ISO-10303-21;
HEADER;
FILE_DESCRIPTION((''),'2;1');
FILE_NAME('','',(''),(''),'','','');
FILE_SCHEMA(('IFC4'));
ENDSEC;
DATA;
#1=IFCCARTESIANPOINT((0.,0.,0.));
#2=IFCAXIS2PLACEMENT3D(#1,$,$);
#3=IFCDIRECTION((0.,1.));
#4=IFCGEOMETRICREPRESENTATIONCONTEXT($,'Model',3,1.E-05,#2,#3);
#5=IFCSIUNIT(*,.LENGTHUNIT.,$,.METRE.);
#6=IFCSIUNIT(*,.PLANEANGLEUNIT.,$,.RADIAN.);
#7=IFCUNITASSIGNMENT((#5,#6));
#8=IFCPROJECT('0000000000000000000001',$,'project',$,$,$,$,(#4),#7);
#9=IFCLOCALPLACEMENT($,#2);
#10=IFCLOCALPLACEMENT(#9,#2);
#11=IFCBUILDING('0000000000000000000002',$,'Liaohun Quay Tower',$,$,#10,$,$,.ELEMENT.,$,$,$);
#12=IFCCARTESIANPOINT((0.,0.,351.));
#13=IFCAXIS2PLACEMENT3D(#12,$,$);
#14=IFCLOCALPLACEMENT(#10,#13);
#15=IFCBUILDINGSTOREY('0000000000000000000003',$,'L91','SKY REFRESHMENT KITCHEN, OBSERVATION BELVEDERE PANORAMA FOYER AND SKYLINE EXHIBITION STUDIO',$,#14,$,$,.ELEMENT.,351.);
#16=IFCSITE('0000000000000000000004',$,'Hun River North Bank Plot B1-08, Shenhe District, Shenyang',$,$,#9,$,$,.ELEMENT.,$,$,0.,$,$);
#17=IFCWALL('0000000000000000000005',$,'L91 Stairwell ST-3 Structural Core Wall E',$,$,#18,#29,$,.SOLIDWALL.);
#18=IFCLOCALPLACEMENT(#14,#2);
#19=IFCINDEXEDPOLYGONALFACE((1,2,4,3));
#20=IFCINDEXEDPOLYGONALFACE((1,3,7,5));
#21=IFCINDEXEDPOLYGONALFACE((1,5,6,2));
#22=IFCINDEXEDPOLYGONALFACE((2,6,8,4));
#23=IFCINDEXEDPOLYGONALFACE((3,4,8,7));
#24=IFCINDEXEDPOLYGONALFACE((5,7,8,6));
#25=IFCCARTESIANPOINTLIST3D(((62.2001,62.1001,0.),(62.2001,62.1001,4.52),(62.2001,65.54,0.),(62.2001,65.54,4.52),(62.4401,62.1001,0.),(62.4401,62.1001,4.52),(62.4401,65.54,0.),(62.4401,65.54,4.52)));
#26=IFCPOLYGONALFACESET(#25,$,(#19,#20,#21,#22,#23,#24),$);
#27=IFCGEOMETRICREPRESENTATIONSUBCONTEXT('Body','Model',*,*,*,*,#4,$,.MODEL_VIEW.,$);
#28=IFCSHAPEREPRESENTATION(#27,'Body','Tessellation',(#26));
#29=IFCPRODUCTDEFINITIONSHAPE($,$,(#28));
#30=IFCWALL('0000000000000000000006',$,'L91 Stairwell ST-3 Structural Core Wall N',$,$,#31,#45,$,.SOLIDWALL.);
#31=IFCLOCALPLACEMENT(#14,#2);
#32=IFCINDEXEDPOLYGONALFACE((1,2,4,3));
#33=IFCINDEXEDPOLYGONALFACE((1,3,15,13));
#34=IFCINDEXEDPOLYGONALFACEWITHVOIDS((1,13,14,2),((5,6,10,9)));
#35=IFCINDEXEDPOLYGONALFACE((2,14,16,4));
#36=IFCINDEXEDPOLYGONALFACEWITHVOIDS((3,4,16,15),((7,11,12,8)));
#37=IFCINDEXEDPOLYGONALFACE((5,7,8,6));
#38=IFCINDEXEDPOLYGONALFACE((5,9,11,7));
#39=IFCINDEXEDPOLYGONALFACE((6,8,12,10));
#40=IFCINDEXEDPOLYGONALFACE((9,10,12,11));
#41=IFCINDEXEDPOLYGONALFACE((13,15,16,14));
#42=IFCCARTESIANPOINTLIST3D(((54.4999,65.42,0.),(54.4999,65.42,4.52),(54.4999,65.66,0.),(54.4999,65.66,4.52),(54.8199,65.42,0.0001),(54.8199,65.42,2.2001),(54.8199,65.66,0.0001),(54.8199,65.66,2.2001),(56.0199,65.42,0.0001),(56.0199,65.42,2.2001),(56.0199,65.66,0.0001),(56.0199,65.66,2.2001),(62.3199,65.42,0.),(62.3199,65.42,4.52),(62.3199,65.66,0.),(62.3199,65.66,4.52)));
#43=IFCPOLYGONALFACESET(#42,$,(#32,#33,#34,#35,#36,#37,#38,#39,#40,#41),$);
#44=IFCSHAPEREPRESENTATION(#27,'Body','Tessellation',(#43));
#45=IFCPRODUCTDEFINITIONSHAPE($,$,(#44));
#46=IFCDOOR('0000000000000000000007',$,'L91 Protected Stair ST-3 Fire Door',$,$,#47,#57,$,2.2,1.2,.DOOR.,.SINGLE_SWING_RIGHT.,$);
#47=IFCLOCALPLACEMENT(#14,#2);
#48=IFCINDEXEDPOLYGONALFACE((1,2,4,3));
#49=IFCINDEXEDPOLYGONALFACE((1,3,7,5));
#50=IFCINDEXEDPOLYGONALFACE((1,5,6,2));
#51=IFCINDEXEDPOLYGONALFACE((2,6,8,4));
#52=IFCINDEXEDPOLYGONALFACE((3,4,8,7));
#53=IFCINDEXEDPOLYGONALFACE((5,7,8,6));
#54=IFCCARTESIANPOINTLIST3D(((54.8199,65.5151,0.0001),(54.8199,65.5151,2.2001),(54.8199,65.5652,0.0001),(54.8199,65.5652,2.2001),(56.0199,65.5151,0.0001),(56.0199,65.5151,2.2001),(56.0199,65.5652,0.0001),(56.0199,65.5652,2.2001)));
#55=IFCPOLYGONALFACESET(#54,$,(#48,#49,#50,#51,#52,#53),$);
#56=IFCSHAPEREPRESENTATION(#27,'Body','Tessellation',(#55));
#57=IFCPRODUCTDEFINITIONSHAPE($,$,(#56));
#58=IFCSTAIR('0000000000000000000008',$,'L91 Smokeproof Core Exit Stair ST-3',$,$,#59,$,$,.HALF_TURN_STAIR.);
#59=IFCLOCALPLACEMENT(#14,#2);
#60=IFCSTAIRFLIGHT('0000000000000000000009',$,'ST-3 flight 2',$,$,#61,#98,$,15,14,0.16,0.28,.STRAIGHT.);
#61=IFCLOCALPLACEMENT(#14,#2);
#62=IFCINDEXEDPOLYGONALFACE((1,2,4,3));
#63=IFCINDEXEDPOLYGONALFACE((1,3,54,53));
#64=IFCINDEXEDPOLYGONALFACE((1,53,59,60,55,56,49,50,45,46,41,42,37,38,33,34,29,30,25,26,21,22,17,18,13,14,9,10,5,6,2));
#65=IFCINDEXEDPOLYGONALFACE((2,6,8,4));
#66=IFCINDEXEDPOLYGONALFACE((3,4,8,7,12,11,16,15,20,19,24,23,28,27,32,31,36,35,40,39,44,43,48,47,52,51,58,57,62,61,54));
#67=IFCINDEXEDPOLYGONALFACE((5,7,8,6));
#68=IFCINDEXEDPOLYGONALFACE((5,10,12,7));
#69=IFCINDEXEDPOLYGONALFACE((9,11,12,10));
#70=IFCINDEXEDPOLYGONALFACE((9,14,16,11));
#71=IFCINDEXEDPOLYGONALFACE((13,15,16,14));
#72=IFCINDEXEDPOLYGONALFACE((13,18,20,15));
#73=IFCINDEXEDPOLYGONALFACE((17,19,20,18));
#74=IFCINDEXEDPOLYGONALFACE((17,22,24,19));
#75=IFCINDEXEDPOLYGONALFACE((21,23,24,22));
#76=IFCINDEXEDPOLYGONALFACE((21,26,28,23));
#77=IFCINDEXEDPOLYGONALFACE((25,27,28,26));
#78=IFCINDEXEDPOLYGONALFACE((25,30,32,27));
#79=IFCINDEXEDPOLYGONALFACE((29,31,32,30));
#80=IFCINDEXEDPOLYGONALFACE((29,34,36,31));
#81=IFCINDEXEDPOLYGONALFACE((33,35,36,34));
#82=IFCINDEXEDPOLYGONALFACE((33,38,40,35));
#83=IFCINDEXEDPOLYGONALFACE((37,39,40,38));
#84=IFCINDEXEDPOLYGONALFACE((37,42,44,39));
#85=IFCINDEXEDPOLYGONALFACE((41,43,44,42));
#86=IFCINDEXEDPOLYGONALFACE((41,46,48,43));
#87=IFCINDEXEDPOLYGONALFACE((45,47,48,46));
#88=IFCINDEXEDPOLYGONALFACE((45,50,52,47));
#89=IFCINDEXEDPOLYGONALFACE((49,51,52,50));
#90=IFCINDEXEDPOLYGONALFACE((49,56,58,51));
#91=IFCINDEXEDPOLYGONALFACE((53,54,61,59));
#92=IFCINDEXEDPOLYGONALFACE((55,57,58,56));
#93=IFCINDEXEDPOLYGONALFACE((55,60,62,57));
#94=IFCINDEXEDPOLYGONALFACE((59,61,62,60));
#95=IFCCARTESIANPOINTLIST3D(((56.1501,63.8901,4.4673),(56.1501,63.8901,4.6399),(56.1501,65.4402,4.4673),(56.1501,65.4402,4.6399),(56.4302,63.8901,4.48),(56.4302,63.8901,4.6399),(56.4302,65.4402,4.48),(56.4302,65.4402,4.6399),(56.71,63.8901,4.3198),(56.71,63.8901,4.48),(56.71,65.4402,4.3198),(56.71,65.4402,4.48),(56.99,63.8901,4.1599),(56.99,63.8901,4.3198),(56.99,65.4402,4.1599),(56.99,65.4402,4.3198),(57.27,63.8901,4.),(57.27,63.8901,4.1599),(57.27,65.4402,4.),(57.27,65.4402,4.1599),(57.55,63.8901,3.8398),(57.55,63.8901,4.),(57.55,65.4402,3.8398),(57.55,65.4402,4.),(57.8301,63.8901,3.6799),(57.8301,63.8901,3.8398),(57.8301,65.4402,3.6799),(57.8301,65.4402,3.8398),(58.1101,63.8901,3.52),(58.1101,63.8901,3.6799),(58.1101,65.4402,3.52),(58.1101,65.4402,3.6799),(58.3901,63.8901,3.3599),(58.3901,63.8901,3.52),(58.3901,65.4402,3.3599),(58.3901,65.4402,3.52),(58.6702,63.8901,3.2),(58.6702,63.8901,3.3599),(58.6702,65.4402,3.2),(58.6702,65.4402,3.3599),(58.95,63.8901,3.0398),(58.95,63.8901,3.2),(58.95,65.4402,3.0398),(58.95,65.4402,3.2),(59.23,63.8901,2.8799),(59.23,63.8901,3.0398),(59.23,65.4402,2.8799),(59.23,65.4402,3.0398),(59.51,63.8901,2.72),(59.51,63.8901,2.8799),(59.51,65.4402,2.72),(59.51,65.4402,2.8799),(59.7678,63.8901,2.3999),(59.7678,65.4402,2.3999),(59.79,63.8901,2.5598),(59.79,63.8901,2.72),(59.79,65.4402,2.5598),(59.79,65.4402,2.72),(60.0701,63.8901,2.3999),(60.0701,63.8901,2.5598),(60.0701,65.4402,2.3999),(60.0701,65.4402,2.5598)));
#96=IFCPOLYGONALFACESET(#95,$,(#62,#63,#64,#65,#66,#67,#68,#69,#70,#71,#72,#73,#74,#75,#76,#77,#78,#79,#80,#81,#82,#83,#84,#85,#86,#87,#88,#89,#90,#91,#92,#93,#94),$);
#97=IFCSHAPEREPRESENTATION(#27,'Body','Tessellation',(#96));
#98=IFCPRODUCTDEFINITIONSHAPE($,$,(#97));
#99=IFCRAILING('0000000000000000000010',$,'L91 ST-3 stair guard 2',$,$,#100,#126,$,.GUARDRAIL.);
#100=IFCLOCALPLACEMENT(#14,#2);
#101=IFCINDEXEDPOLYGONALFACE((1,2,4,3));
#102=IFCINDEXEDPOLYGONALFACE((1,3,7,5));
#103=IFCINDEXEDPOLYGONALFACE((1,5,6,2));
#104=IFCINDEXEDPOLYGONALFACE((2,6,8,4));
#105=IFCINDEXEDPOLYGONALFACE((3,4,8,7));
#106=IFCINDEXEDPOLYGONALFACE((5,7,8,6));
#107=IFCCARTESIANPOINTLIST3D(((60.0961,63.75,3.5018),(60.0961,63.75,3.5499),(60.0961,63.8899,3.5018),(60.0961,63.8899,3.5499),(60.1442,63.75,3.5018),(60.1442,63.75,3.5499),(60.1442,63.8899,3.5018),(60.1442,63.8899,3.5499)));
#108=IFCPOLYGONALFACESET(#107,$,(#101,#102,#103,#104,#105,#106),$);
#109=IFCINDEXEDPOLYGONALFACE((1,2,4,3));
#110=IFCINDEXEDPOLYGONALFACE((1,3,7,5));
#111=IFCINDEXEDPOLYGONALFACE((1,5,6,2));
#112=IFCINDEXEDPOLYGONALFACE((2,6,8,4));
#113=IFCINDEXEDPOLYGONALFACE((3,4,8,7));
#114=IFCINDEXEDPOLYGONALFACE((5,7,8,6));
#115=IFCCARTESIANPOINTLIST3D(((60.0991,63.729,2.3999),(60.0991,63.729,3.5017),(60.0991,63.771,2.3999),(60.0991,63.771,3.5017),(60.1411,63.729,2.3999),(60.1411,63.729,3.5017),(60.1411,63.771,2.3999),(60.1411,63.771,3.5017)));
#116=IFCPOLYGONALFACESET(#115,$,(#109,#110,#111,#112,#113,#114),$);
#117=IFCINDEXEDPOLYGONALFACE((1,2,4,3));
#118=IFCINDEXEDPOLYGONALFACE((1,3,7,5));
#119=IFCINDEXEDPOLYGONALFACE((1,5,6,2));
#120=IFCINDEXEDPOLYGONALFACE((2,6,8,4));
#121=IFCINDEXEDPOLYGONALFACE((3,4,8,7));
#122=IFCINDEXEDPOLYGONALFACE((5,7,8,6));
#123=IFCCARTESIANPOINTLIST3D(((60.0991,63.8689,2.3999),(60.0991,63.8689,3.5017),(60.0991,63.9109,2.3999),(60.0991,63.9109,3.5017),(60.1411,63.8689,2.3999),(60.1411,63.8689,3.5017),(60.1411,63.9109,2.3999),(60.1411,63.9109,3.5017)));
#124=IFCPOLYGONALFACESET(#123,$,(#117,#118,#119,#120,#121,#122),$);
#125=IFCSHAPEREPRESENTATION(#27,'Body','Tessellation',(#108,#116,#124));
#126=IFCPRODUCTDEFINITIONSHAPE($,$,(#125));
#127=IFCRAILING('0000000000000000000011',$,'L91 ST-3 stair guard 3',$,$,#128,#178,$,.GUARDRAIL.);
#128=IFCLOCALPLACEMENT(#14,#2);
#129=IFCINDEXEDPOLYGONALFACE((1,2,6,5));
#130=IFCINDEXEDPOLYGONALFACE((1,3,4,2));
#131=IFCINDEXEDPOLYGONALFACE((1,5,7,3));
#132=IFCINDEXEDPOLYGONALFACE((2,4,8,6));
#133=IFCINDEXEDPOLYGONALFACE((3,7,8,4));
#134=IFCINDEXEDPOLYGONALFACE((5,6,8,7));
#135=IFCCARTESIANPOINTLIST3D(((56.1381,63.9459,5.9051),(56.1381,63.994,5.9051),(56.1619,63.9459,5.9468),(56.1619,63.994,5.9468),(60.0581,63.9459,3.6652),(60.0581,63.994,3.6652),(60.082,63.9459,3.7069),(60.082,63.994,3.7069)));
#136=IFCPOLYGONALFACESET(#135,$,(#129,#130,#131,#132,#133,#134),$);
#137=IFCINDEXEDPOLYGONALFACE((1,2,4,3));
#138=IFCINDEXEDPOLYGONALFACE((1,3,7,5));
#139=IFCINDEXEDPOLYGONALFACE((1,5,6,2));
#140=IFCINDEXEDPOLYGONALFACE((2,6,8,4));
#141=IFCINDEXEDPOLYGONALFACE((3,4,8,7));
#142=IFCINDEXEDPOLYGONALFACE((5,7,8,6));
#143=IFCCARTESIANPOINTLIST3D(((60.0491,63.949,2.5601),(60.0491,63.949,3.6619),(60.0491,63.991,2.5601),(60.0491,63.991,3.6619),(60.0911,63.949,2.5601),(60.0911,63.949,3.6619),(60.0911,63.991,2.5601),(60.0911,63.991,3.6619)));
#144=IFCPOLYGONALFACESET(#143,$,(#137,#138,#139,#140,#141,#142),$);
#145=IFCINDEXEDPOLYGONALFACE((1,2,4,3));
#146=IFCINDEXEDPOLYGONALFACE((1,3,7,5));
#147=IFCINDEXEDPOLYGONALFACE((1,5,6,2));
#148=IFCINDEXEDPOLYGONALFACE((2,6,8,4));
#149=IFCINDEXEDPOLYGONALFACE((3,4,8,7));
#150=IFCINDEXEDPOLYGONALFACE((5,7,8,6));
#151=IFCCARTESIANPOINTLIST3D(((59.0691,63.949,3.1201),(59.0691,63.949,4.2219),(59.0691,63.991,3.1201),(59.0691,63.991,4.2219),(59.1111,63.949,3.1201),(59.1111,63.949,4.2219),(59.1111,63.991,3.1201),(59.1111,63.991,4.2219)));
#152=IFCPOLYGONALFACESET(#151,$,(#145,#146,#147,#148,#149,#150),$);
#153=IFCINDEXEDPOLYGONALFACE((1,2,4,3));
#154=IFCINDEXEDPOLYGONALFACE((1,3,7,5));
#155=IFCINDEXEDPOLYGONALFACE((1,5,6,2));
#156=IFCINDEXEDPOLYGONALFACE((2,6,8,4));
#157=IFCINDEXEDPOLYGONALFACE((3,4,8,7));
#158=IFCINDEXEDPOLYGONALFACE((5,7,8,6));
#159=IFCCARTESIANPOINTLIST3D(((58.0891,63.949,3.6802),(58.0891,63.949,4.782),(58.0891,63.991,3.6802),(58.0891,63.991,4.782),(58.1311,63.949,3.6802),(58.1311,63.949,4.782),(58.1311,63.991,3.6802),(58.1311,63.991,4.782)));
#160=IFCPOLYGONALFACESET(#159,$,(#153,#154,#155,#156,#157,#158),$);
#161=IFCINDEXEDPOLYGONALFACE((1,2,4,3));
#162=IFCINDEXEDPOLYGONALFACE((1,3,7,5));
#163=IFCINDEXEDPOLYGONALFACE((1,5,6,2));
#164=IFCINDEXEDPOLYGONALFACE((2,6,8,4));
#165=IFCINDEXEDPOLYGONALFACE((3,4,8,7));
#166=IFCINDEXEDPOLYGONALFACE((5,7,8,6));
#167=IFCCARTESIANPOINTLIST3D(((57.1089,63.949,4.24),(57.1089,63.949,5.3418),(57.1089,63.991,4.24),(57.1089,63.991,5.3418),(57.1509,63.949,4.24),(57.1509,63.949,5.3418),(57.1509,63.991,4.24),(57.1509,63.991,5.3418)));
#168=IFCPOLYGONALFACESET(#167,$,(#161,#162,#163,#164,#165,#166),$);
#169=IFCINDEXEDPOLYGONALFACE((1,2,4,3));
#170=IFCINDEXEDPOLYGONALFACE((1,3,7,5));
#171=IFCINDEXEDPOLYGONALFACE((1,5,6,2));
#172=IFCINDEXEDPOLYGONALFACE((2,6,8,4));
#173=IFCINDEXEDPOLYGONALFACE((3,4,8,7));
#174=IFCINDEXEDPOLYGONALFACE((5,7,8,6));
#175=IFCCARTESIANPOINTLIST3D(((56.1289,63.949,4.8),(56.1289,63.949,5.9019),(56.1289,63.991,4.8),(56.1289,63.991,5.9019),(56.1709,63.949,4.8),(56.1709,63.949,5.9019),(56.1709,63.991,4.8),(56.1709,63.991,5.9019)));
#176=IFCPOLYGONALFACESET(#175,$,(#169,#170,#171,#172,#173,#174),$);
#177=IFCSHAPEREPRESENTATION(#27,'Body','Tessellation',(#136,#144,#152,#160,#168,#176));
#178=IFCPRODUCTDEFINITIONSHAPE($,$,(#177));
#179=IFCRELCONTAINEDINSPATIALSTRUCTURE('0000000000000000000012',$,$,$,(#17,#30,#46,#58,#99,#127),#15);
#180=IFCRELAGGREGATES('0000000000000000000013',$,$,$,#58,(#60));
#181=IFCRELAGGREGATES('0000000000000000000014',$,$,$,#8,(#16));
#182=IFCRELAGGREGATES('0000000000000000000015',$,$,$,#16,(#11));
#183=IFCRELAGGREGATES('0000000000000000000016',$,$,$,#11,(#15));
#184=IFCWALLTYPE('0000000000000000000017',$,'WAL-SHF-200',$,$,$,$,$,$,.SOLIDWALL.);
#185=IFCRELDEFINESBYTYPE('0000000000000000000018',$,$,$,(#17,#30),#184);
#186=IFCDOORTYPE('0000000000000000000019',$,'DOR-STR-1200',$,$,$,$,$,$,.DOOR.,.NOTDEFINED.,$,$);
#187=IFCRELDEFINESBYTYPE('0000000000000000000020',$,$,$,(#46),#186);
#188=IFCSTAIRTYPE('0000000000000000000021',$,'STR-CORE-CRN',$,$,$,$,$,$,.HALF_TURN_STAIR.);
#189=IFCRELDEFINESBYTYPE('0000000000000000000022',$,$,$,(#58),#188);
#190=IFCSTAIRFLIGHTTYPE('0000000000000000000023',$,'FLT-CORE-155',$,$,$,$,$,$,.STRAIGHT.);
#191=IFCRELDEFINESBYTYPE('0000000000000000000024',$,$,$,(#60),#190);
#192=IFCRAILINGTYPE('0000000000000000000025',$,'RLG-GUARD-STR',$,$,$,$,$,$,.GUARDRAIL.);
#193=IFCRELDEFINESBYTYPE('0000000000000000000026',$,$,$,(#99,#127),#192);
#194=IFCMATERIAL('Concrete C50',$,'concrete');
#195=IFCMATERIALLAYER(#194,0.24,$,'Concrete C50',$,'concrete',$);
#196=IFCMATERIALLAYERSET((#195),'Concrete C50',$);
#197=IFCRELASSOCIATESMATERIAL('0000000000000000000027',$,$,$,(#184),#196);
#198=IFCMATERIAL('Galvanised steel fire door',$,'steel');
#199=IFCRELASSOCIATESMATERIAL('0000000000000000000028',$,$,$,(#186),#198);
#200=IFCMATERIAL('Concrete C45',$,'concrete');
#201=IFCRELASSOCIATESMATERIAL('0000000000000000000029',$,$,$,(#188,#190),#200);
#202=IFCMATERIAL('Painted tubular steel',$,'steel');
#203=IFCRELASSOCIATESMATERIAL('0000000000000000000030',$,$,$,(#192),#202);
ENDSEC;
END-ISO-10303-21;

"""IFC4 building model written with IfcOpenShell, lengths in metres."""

from ifc_helpers import new_model, si_unit, direction, frame, frame_2d, origin, origin_2d, place, context, subcontext, project, spatial, polyline, rectangle, outline, extrude, source, transform, mapped, material, layer, layer_set, type_object, element, fill, aggregate, save


model = new_model("IFC4")

# Units and contexts
model_context = context("Model", 3, precision=1e-05, world=origin(), true_north=direction((0.0, 1.0)))
body_context = subcontext(model_context, "Body", "Model", "MODEL_VIEW")
ifc_project = project(units=[si_unit("LENGTHUNIT", "METRE"), si_unit("PLANEANGLEUNIT", "RADIAN")], contexts=[model_context])

# Site, building, storey
site_placement = place(None, origin())
site = spatial("IfcSite", under=ifc_project, at=site_placement, Name="Hun River North Bank Plot B1-08, Shenhe District, Shenyang", CompositionType="ELEMENT", RefElevation=0.0)
building_placement = place(site_placement, origin())
building = spatial("IfcBuilding", under=site, at=building_placement, Name="Liaohun Quay Tower", CompositionType="ELEMENT")
storey_placement = place(building_placement, frame((0.0, 0.0, 351.0)))
storey = spatial("IfcBuildingStorey", under=building, at=storey_placement, Name="L91", Description="SKY REFRESHMENT KITCHEN, OBSERVATION BELVEDERE PANORAMA FOYER AND SKYLINE EXHIBITION STUDIO", CompositionType="ELEMENT", Elevation=351.0)

# Shared definitions
ifc_material_1 = material(Name="Concrete C50", Category="concrete")

# Wall
ifc_layer_1 = layer(ifc_material_1, 0.24, Name="Concrete C50", Category="concrete")
ifc_layer_set_1 = layer_set([ifc_layer_1], Name="Concrete C50")
wall_type_1 = type_object("IfcWallType", Name="WAL-SHF-200", PredefinedType="SOLIDWALL", material=ifc_layer_set_1)
wall_1_placement = place(storey_placement, frame((62.3201, 62.1001, 0.0), z_axis=(0.0, 0.0, 1.0), x_axis=(0.0, 1.0, 0.0)))
element("IfcWall", 1, at=wall_1_placement, inside=storey, type_object=wall_type_1, Name="L91 Stairwell ST-3 Structural Core Wall E", PredefinedType="SOLIDWALL", context=body_context, shape_type="SweptSolid", body=[
    extrude(rectangle(XDim=3.4399, YDim=0.24, at=frame_2d((1.72, 0.0))), origin(), (0.0, 0.0, 1.0), 4.52),
])

# Wall, opening, door
wall_2_placement = place(storey_placement, frame((62.3201, 65.54, 0.0), z_axis=(0.0, 0.0, 1.0), x_axis=(-1.0, 0.0, 0.0)))
wall_2 = element("IfcWall", 2, at=wall_2_placement, inside=storey, type_object=wall_type_1, Name="L91 Stairwell ST-3 Structural Core Wall N", PredefinedType="SOLIDWALL", context=body_context, shape_type="SweptSolid", body=[
    extrude(rectangle(XDim=7.8201, YDim=0.24, at=frame_2d((3.9102, 0.0))), origin(), (0.0, 0.0, 1.0), 4.52),
])
shared_shape_1 = source(origin(), body_context, "Body", "SweptSolid", [
    extrude(rectangle(XDim=1.2, YDim=2.2, at=frame_2d((0.6001, 1.1001))), frame((0.0, 0.1299, 0.0), z_axis=(0.0, -1.0, 0.0), x_axis=(1.0, 0.0, 0.0)), (0.0, 0.0, 1.0), 0.26),
])
opening_1_placement = place(wall_2_placement, frame((6.3, 0.0, 0.0)))
opening_1 = element("IfcOpeningElement", 3, at=opening_1_placement, cuts=wall_2, PredefinedType="OPENING", context=body_context, shape_type="MappedRepresentation", body=[
    mapped(shared_shape_1, transform((0.0, 0.0, 0.0), x_axis=(1.0, 0.0, 0.0), y_axis=(0.0, 1.0, 0.0), z_axis=(0.0, 0.0, 1.0), scale=1.0)),
])
ifc_material_2 = material(Name="Galvanised steel fire door", Category="steel")
door_type_1 = type_object("IfcDoorType", Name="DOR-STR-1200", OperationType="NOTDEFINED", PredefinedType="DOOR", material=ifc_material_2)
shared_shape_2 = source(origin(), body_context, "Body", "SweptSolid", [
    extrude(rectangle(XDim=1.2, YDim=2.2, at=frame_2d((0.6001, 1.1001))), frame((0.0, 0.0249, 0.0), z_axis=(0.0, -1.0, 0.0), x_axis=(1.0, 0.0, 0.0)), (0.0, 0.0, 1.0), 0.05),
])
door_1_placement = place(opening_1_placement, origin())
door_1 = element("IfcDoor", 4, at=door_1_placement, inside=storey, type_object=door_type_1, Name="L91 Protected Stair ST-3 Fire Door", OperationType="SINGLE_SWING_RIGHT", OverallHeight=2.2, OverallWidth=1.2, PredefinedType="DOOR", context=body_context, shape_type="MappedRepresentation", body=[
    mapped(shared_shape_2, transform((0.0, 0.0, 0.0), x_axis=(1.0, 0.0, 0.0), y_axis=(0.0, 1.0, 0.0), z_axis=(0.0, 0.0, 1.0), scale=1.0)),
])
fill(opening_1, door_1)

# Stair, stair flight
ifc_material_3 = material(Name="Concrete C45", Category="concrete")
stair_type = type_object("IfcStairType", Name="STR-CORE-CRN", PredefinedType="HALF_TURN_STAIR", material=ifc_material_3)
stair_placement = place(storey_placement, origin())
stair = element("IfcStair", 5, at=stair_placement, inside=storey, type_object=stair_type, Name="L91 Smokeproof Core Exit Stair ST-3", PredefinedType="HALF_TURN_STAIR")
stair_flight_type = type_object("IfcStairFlightType", Name="FLT-CORE-155", PredefinedType="STRAIGHT", material=ifc_material_3)
stair_flight_placement = place(storey_placement, frame((60.0701, 64.665, 2.3999), z_axis=(0.0, 0.0, 1.0), x_axis=(-1.0, 0.0, 0.0)))
stair_flight = element("IfcStairFlight", 6, at=stair_flight_placement, type_object=stair_flight_type, Name="ST-3 flight 2", NumberOfRisers=15, NumberOfTreads=14, PredefinedType="STRAIGHT", RiserHeight=0.16, TreadLength=0.28, context=body_context, shape_type="SweptSolid", body=[
    extrude(outline(polyline([(0.0, 0.0), (0.0, 0.1599), (0.28, 0.1599), (0.28, 0.3201), (0.5601, 0.3201), (0.5601, 0.48), (0.8401, 0.48), (0.8401, 0.6399), (1.1201, 0.6399), (1.1201, 0.8), (1.3999, 0.8), (1.3999, 0.96), (1.6799, 0.96), (1.6799, 1.1201), (1.96, 1.1201), (1.96, 1.28), (2.24, 1.28), (2.24, 1.4399), (2.52, 1.4399), (2.52, 1.6001), (2.8, 1.6001), (2.8, 1.76), (3.0801, 1.76), (3.0801, 1.9199), (3.3601, 1.9199), (3.3601, 2.0801), (3.6399, 2.0801), (3.6399, 2.24), (3.9199, 2.24), (3.9199, 2.3999), (3.9199, 2.0674), (0.3022, 0.0), (0.0, 0.0)])), frame((0.0, 0.7749, 0.0), z_axis=(0.0, -1.0, 0.0), x_axis=(1.0, 0.0, 0.0)), (0.0, 0.0, 1.0), 1.55),
])
aggregate(stair, [stair_flight])

# Railings
ifc_material_4 = material(Name="Painted tubular steel", Category="steel")
railing_type_1 = type_object("IfcRailingType", Name="RLG-GUARD-STR", PredefinedType="GUARDRAIL", material=ifc_material_4)
railing_1_placement = place(storey_placement, frame((60.1201, 63.75, 2.3999)))
element("IfcRailing", 7, at=railing_1_placement, inside=storey, type_object=railing_type_1, Name="L91 ST-3 stair guard 2", PredefinedType="GUARDRAIL", context=body_context, shape_type="SweptSolid", body=[
    extrude(rectangle(XDim=0.0481, YDim=0.0481, at=origin_2d()), frame((0.0, 0.0, 1.126), z_axis=(0.0, 1.0, 0.0), x_axis=(-1.0, 0.0, 0.0)), (0.0, 0.0, 1.0), 0.1399),
    extrude(rectangle(XDim=0.042, YDim=0.042, at=origin_2d()), origin(), (0.0, 0.0, 1.0), 1.1018),
    extrude(rectangle(XDim=0.042, YDim=0.042, at=origin_2d()), frame((0.0, 0.1399, 0.0)), (0.0, 0.0, 1.0), 1.1018),
])
railing_2_placement = place(storey_placement, frame((60.0701, 63.97, 2.5601)))
element("IfcRailing", 8, at=railing_2_placement, inside=storey, type_object=railing_type_1, Name="L91 ST-3 stair guard 3", PredefinedType="GUARDRAIL", context=body_context, shape_type="SweptSolid", body=[
    extrude(rectangle(XDim=0.0481, YDim=0.0481, at=origin_2d()), frame((0.0, 0.0, 1.126), z_axis=(-0.868253, 0.0, 0.496121), x_axis=(0.0, -1.0, 0.0)), (0.0, 0.0, 1.0), 4.5149),
    extrude(rectangle(XDim=0.042, YDim=0.042, at=origin_2d()), origin(), (0.0, 0.0, 1.0), 1.1018),
    extrude(rectangle(XDim=0.042, YDim=0.042, at=origin_2d()), frame((-0.98, 0.0, 0.5601)), (0.0, 0.0, 1.0), 1.1018),
    extrude(rectangle(XDim=0.042, YDim=0.042, at=origin_2d()), frame((-1.96, 0.0, 1.1201)), (0.0, 0.0, 1.0), 1.1018),
    extrude(rectangle(XDim=0.042, YDim=0.042, at=origin_2d()), frame((-2.9402, 0.0, 1.6799)), (0.0, 0.0, 1.0), 1.1018),
    extrude(rectangle(XDim=0.042, YDim=0.042, at=origin_2d()), frame((-3.9202, 0.0, 2.24)), (0.0, 0.0, 1.0), 1.1018),
])

save(model, "model.ifc")
